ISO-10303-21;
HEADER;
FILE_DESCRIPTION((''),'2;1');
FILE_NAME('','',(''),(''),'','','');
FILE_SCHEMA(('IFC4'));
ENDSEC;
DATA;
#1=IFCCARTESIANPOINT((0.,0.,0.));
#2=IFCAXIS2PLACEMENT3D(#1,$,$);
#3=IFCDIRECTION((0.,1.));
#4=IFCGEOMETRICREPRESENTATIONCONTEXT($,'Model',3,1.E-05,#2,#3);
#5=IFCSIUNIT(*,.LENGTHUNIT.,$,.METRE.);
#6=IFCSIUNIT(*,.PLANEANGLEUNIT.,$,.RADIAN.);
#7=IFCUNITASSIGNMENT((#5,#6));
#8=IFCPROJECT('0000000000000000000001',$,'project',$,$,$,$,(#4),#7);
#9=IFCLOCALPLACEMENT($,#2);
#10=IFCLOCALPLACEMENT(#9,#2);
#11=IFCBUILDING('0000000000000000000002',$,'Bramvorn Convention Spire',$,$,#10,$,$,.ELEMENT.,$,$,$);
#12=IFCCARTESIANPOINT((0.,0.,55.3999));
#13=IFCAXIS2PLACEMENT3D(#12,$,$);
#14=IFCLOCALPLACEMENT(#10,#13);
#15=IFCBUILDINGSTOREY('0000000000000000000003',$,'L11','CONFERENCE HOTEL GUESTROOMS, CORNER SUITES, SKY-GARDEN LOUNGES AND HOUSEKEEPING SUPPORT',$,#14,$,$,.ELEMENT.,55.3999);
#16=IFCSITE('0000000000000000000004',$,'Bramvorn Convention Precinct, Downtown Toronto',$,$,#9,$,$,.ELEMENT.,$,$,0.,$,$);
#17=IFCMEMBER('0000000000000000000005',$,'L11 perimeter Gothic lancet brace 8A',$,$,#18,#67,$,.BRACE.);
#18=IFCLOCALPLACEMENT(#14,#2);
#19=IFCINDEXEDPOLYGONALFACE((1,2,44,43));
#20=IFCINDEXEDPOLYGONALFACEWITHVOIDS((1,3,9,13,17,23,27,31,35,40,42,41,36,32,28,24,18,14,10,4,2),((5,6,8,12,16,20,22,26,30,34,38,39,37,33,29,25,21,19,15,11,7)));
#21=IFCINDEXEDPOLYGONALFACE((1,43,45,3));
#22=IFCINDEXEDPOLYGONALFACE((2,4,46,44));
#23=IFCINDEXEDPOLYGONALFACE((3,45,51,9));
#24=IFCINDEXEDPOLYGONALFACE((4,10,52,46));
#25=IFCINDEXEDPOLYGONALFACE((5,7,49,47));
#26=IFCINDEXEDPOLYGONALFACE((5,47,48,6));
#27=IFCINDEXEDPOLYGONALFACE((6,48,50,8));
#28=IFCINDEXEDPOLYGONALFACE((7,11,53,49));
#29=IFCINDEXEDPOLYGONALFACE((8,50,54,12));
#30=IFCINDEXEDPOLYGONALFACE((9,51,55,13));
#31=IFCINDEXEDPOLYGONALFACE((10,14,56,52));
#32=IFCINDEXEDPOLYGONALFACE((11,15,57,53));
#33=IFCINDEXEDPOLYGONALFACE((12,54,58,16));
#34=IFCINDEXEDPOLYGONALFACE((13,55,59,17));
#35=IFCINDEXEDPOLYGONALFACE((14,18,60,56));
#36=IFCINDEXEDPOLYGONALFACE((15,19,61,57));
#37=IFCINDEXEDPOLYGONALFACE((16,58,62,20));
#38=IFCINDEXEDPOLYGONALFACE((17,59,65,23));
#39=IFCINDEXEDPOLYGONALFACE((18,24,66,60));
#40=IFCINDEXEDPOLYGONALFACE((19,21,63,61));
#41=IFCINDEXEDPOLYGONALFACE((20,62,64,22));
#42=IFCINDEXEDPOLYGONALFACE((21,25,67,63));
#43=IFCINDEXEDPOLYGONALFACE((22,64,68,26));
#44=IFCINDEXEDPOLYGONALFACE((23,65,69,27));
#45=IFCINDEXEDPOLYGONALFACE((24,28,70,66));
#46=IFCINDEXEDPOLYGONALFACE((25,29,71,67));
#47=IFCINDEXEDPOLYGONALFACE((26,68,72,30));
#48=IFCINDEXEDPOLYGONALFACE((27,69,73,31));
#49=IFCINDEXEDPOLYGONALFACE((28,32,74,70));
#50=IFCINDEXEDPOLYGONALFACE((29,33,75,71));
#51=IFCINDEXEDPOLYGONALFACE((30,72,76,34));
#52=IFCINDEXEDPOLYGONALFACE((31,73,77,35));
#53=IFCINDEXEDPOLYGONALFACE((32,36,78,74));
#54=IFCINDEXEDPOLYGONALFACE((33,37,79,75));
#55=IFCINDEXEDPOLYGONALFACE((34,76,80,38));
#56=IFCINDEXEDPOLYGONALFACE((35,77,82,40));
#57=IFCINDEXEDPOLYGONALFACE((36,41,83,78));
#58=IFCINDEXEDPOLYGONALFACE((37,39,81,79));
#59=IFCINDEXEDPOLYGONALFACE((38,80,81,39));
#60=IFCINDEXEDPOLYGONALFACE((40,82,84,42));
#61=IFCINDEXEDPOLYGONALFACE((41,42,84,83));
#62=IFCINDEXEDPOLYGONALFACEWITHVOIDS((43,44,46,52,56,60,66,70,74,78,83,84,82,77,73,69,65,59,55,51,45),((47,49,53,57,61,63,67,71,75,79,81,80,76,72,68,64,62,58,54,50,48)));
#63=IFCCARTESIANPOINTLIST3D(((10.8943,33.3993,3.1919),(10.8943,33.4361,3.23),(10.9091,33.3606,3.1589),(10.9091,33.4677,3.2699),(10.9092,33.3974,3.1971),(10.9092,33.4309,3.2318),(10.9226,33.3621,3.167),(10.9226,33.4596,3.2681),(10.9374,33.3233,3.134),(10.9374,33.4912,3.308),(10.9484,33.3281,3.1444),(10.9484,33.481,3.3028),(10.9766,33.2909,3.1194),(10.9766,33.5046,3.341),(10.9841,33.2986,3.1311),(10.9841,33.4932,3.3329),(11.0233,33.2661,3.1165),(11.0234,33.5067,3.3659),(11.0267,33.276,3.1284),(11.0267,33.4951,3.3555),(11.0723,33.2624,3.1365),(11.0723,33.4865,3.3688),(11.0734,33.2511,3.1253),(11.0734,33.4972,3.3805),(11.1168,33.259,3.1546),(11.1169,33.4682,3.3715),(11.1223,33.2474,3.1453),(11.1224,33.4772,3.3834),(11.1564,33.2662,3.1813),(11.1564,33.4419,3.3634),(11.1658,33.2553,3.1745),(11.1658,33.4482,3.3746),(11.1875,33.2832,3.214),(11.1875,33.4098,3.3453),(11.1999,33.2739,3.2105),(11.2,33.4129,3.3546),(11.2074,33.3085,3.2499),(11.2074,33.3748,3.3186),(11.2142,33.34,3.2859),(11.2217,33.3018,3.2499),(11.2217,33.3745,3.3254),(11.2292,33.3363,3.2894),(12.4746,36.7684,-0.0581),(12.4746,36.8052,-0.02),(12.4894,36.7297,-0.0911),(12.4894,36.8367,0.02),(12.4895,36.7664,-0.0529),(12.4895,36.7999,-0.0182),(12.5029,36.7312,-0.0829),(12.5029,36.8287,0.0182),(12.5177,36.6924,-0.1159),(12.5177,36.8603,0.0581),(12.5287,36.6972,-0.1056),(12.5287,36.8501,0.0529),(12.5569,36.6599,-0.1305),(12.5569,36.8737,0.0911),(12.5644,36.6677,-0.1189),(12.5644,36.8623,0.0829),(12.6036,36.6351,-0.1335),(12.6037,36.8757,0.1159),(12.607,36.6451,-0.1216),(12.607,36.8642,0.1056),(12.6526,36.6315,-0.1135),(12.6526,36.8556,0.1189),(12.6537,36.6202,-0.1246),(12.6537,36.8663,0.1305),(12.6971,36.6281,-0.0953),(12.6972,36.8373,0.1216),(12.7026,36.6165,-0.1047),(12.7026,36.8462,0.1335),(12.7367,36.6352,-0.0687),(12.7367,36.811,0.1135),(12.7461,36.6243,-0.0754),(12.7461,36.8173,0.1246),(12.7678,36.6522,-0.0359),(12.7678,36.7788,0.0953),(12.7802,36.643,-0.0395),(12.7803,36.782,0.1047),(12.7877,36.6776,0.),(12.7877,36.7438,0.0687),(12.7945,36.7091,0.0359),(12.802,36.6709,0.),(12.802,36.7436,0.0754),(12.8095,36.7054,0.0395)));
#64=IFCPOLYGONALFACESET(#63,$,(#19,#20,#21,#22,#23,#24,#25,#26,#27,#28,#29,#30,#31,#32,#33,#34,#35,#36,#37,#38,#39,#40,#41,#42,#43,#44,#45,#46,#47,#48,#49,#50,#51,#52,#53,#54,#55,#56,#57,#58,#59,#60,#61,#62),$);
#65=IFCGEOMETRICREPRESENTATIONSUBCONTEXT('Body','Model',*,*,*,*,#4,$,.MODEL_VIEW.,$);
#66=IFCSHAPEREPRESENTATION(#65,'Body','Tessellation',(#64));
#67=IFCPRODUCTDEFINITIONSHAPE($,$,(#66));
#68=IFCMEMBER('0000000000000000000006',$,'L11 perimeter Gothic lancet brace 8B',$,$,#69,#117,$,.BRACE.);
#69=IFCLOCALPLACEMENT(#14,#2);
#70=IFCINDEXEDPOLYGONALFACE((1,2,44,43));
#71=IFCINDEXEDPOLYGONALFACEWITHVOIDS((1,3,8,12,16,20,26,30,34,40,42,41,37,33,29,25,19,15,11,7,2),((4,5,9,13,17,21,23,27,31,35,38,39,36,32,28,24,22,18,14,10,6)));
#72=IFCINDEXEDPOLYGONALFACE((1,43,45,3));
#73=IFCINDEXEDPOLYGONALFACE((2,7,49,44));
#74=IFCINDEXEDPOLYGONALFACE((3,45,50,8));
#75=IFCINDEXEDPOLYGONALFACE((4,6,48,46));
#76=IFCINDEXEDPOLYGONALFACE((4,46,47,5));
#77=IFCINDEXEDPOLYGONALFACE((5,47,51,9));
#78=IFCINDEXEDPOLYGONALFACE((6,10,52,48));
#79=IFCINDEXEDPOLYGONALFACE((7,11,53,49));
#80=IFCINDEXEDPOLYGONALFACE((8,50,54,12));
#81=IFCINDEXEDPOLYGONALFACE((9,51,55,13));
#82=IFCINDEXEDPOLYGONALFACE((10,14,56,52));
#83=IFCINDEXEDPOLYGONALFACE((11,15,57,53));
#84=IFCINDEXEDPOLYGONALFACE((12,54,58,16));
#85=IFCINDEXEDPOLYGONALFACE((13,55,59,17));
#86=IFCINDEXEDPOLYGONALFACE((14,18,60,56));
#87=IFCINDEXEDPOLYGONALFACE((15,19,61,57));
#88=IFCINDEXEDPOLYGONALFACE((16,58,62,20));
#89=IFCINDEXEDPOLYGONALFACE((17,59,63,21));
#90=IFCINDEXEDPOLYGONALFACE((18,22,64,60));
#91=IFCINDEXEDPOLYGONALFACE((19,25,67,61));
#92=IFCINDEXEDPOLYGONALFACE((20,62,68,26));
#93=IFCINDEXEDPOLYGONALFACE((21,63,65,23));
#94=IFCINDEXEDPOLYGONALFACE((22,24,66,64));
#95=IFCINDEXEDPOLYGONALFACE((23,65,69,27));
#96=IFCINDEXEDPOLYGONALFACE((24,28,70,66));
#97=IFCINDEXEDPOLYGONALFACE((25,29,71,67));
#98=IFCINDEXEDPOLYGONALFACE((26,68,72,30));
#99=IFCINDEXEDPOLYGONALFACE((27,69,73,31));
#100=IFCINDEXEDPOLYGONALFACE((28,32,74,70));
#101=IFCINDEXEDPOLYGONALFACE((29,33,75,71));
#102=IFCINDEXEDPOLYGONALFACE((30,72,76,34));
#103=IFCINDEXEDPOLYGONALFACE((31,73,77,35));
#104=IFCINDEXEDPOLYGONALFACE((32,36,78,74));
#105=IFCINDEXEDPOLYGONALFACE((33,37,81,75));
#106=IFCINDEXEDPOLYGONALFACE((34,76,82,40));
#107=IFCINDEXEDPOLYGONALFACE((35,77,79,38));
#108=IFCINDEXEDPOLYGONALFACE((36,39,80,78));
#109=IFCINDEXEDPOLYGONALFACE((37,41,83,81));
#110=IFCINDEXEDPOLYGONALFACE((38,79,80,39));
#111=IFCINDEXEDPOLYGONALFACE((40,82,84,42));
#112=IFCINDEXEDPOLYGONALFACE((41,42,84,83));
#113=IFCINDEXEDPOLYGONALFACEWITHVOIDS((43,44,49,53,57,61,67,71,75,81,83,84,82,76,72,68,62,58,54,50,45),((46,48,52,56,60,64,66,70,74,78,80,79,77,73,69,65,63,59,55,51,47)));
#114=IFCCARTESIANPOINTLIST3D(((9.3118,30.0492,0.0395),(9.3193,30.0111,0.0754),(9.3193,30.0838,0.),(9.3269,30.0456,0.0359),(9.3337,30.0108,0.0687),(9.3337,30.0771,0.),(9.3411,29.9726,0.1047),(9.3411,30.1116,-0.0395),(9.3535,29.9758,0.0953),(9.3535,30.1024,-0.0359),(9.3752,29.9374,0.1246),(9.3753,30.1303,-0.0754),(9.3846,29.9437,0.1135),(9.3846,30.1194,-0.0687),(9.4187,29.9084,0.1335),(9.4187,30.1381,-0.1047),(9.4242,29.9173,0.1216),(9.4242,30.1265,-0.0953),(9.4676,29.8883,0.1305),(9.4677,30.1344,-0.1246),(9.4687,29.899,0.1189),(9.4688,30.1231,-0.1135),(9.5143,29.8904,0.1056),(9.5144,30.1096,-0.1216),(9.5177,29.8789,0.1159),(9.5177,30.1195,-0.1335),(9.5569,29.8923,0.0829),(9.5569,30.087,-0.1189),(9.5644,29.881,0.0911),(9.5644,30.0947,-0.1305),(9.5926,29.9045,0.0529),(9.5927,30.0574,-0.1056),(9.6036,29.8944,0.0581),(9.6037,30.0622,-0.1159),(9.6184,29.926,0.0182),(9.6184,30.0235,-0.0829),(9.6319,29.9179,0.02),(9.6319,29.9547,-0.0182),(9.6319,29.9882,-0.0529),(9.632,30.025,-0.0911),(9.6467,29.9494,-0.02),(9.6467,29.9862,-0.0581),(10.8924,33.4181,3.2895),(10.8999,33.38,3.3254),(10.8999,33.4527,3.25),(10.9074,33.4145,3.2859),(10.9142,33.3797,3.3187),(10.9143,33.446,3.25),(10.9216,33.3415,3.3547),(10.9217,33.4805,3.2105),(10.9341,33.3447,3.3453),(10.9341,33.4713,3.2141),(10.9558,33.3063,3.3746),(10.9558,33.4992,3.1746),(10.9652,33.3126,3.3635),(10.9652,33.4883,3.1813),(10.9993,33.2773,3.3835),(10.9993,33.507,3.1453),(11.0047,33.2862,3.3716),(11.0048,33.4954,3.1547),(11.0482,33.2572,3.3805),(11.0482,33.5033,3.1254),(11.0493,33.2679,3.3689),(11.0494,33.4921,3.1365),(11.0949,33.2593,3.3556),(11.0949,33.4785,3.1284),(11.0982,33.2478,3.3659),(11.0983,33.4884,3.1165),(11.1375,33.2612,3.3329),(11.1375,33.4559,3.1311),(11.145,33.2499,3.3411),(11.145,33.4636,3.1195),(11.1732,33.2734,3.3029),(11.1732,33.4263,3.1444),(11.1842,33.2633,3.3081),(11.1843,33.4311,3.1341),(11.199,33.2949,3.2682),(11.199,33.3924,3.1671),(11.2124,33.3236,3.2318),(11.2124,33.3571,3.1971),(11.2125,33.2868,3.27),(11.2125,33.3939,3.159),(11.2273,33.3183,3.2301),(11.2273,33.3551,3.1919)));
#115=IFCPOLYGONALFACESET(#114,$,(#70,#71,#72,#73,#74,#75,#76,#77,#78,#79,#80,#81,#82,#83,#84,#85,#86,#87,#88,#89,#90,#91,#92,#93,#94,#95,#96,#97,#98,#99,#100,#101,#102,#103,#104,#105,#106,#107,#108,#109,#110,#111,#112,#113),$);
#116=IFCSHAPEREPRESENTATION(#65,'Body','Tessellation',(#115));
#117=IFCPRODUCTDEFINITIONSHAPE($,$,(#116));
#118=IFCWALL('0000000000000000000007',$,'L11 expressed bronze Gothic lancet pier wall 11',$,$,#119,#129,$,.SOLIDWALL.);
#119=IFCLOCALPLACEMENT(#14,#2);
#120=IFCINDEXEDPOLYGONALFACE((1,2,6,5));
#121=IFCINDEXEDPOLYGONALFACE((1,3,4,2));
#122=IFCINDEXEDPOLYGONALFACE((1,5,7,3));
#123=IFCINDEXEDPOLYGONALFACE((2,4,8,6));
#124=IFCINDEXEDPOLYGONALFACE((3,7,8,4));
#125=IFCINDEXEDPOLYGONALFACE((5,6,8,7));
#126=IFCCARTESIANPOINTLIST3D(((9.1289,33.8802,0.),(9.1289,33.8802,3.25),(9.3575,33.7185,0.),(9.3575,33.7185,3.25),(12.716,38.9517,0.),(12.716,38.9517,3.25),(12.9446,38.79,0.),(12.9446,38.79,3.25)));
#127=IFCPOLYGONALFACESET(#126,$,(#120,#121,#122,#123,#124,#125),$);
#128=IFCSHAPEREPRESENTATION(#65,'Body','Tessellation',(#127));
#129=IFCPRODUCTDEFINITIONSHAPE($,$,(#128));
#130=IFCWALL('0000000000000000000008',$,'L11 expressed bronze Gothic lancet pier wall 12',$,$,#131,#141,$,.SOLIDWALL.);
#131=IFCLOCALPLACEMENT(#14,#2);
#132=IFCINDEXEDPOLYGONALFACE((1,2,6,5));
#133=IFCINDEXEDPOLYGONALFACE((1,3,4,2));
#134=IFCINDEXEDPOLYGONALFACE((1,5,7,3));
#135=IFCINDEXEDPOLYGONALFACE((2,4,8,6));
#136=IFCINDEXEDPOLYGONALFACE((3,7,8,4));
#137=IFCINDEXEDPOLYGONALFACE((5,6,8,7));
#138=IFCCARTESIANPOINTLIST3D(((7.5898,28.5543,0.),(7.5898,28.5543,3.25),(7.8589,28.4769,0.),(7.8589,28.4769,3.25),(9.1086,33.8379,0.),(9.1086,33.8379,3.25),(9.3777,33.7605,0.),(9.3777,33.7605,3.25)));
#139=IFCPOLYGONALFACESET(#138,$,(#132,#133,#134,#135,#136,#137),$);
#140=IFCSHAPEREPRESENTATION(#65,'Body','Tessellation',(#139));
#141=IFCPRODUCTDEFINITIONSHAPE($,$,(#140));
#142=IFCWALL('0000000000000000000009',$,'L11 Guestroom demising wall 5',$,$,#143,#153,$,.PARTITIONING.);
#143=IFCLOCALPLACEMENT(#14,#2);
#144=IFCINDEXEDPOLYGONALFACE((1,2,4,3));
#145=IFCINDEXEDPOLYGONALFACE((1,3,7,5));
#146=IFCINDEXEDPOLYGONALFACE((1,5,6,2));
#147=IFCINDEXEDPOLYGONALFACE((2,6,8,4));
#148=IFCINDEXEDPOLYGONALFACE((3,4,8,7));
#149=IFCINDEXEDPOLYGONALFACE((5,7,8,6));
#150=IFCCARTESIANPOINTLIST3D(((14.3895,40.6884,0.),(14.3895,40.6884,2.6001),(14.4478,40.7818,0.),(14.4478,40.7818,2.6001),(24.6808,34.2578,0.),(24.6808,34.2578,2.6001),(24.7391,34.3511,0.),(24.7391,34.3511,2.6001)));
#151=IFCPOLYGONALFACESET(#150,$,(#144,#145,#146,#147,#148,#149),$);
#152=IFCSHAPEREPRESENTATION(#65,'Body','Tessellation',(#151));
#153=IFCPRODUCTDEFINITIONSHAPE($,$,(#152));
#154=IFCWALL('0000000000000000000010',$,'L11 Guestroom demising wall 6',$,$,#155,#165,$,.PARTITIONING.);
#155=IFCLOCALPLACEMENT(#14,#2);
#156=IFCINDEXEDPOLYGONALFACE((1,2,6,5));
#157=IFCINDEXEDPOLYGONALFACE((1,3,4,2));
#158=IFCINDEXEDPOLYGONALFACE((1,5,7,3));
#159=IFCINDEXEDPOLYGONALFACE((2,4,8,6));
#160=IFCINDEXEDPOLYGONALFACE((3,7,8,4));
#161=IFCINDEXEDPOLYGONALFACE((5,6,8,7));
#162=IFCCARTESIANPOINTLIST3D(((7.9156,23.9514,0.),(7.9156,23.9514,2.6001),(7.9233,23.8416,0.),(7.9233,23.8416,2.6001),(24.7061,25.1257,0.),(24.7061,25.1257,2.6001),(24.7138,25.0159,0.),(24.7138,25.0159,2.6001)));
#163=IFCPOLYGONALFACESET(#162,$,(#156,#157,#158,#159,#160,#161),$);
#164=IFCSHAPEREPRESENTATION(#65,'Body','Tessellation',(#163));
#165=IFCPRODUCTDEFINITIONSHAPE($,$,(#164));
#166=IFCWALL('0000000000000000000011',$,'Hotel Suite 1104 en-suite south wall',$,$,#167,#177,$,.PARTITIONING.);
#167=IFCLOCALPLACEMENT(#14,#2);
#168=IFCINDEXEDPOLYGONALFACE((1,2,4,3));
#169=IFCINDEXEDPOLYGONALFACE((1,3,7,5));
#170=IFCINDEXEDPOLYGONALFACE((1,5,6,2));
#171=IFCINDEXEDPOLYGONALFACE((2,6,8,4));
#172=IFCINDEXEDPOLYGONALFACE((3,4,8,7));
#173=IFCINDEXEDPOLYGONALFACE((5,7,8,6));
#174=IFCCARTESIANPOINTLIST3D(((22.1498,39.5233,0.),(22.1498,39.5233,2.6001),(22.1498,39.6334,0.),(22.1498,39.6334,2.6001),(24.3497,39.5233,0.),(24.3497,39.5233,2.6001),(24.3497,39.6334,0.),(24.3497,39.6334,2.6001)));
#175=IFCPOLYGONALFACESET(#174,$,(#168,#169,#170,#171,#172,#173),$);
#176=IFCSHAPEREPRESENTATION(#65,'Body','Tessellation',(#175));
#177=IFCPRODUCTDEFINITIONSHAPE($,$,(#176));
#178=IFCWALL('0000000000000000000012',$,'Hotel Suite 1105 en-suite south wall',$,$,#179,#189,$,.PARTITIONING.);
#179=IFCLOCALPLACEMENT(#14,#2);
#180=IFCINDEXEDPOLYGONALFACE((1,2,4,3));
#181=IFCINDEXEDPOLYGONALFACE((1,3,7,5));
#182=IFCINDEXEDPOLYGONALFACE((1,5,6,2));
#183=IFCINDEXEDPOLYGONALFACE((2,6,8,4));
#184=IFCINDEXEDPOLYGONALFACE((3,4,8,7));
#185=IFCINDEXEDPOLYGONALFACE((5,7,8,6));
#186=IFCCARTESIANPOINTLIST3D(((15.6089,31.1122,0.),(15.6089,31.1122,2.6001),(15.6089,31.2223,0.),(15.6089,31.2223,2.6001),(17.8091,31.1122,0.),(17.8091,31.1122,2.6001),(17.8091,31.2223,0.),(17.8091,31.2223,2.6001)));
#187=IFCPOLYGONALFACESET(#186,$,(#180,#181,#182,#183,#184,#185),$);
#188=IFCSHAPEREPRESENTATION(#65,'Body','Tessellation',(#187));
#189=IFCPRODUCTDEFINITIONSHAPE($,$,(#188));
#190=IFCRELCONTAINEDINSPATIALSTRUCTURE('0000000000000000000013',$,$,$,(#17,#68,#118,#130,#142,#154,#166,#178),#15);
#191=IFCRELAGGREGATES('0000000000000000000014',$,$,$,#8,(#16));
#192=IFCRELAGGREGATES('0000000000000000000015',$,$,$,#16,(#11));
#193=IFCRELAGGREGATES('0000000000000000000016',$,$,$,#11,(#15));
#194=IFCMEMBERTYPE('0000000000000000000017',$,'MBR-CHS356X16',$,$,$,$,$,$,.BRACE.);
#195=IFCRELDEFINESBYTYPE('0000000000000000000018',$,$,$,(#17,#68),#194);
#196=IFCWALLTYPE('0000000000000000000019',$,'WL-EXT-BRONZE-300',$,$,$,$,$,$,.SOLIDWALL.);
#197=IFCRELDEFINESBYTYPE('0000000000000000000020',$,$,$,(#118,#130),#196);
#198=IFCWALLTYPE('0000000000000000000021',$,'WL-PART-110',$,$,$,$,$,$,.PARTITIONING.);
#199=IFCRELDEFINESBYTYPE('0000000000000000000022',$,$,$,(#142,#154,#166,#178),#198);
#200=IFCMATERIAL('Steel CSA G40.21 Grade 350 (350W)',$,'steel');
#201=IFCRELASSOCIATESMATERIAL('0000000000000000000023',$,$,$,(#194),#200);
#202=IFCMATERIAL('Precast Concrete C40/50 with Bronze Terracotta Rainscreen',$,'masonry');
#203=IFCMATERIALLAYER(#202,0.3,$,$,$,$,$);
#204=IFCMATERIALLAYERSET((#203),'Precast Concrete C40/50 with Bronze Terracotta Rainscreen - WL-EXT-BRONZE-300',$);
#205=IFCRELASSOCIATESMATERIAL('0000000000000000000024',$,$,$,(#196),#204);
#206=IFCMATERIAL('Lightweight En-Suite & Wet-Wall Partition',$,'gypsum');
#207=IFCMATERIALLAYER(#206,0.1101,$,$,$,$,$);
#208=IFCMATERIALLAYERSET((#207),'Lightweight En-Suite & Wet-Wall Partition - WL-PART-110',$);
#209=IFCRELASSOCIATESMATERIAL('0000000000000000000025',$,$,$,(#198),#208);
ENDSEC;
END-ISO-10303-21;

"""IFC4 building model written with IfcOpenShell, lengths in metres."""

from ifc_helpers import new_model, si_unit, direction, frame, frame_2d, origin, origin_2d, place, context, subcontext, project, spatial, rectangle, hollow_circle, extrude, material, layer, layer_set, material_profile, profile_set, type_object, element, save


model = new_model("IFC4")

# Units and contexts
model_context = context("Model", 3, precision=1e-05, world=origin(), true_north=direction((0.0, 1.0)))
body_context = subcontext(model_context, "Body", "Model", "MODEL_VIEW")
ifc_project = project(units=[si_unit("LENGTHUNIT", "METRE"), si_unit("PLANEANGLEUNIT", "RADIAN")], contexts=[model_context])

# Site, building, storey
site_placement = place(None, origin())
site = spatial("IfcSite", under=ifc_project, at=site_placement, Name="Bramvorn Convention Precinct, Downtown Toronto", CompositionType="ELEMENT", RefElevation=0.0)
building_placement = place(site_placement, origin())
building = spatial("IfcBuilding", under=site, at=building_placement, Name="Bramvorn Convention Spire", CompositionType="ELEMENT")
storey_placement = place(building_placement, frame((0.0, 0.0, 55.3999)))
storey = spatial("IfcBuildingStorey", under=building, at=storey_placement, Name="L11", Description="CONFERENCE HOTEL GUESTROOMS, CORNER SUITES, SKY-GARDEN LOUNGES AND HOUSEKEEPING SUPPORT", CompositionType="ELEMENT", Elevation=55.3999)

# Shared definitions
ifc_material_1 = material(Name="Steel CSA G40.21 Grade 350 (350W)", Category="steel")

# Members
ifc_material_profile_1 = material_profile(ifc_material_1, hollow_circle(Radius=0.1777, WallThickness=0.0159, at=origin_2d()))
ifc_profile_set_1 = profile_set([ifc_material_profile_1], Name="Steel CSA G40.21 Grade 350 (350W) - CHS356X16")
member_type_1 = type_object("IfcMemberType", Name="MBR-CHS356X16", PredefinedType="BRACE", material=ifc_profile_set_1)
for number, where, z_axis, x_axis, name in (
    (1, (12.6411, 36.7463, 0.0), (-0.319855, -0.681909, 0.657795), (0.905352, -0.424662, 0.0), "L11 perimeter Gothic lancet brace 8A"),
    (2, (9.4802, 30.0083, 0.0), (0.31991, 0.681871, 0.657806), (-0.905315, 0.424741, 0.0), "L11 perimeter Gothic lancet brace 8B"),
):
    element("IfcMember", number, at=place(storey_placement, frame(where, z_axis=z_axis, x_axis=x_axis)), inside=storey, type_object=member_type_1, Name=name, PredefinedType="BRACE", context=body_context, shape_type="SweptSolid", body=[
        extrude(hollow_circle(Radius=0.1777, WallThickness=0.0159, at=origin_2d()), origin(), (0.0, 0.0, 1.0), 4.9407),
    ])

# Walls
ifc_material_2 = material(Name="Precast Concrete C40/50 with Bronze Terracotta Rainscreen", Category="masonry")
ifc_layer_1 = layer(ifc_material_2, 0.3)
ifc_layer_set_1 = layer_set([ifc_layer_1], Name="Precast Concrete C40/50 with Bronze Terracotta Rainscreen - WL-EXT-BRONZE-300")
wall_type_1 = type_object("IfcWallType", Name="WL-EXT-BRONZE-300", PredefinedType="SOLIDWALL", material=ifc_layer_set_1)
wall_1_placement = place(storey_placement, frame((9.2432, 33.7993, 0.0), z_axis=(0.0, 0.0, 1.0), x_axis=(0.577462, 0.816417, 0.0)))
element("IfcWall", 3, at=wall_1_placement, inside=storey, type_object=wall_type_1, Name="L11 expressed bronze Gothic lancet pier wall 11", PredefinedType="SOLIDWALL", context=body_context, shape_type="SweptSolid", body=[
    extrude(rectangle(XDim=6.2119, YDim=0.28, at=frame_2d((3.106, 0.0))), origin(), (0.0, 0.0, 1.0), 3.25),
])
wall_2_placement = place(storey_placement, frame((7.7244, 28.5156, 0.0), z_axis=(0.0, 0.0, 1.0), x_axis=(0.276263, 0.961082, 0.0)))
element("IfcWall", 4, at=wall_2_placement, inside=storey, type_object=wall_type_1, Name="L11 expressed bronze Gothic lancet pier wall 12", PredefinedType="SOLIDWALL", context=body_context, shape_type="SweptSolid", body=[
    extrude(rectangle(XDim=5.4976, YDim=0.28, at=frame_2d((2.7488, 0.0))), origin(), (0.0, 0.0, 1.0), 3.25),
])
ifc_material_3 = material(Name="Lightweight En-Suite & Wet-Wall Partition", Category="gypsum")
ifc_layer_2 = layer(ifc_material_3, 0.1101)
ifc_layer_set_2 = layer_set([ifc_layer_2], Name="Lightweight En-Suite & Wet-Wall Partition - WL-PART-110")
wall_type_2 = type_object("IfcWallType", Name="WL-PART-110", PredefinedType="PARTITIONING", material=ifc_layer_set_2)
wall_3_placement = place(storey_placement, frame((24.71, 34.3044, 0.0), z_axis=(0.0, 0.0, 1.0), x_axis=(-0.848049, 0.529918, 0.0)))
element("IfcWall", 5, at=wall_3_placement, inside=storey, type_object=wall_type_2, Name="L11 Guestroom demising wall 5", PredefinedType="PARTITIONING", context=body_context, shape_type="SweptSolid", body=[
    extrude(rectangle(XDim=12.1353, YDim=0.1101, at=frame_2d((6.0676, 0.0))), origin(), (0.0, 0.0, 1.0), 2.6001),
])
wall_4_placement = place(storey_placement, frame((24.71, 25.0708, 0.0), z_axis=(0.0, 0.0, 1.0), x_axis=(-0.997563, -0.069769, 0.0)))
element("IfcWall", 6, at=wall_4_placement, inside=storey, type_object=wall_type_2, Name="L11 Guestroom demising wall 6", PredefinedType="PARTITIONING", context=body_context, shape_type="SweptSolid", body=[
    extrude(rectangle(XDim=16.8315, YDim=0.1101, at=frame_2d((8.4158, 0.0))), origin(), (0.0, 0.0, 1.0), 2.6001),
])
wall_5_placement = place(storey_placement, frame((22.1497, 39.5784, 0.0), z_axis=(0.0, 0.0, 1.0), x_axis=(1.0, 0.0, 0.0)))
element("IfcWall", 7, at=wall_5_placement, inside=storey, type_object=wall_type_2, Name="Hotel Suite 1104 en-suite south wall", PredefinedType="PARTITIONING", context=body_context, shape_type="SweptSolid", body=[
    extrude(rectangle(XDim=2.2, YDim=0.1101, at=frame_2d((1.1001, 0.0))), origin(), (0.0, 0.0, 1.0), 2.6001),
])
wall_6_placement = place(storey_placement, frame((15.6089, 31.1672, 0.0), z_axis=(0.0, 0.0, 1.0), x_axis=(1.0, 0.0, 0.0)))
element("IfcWall", 8, at=wall_6_placement, inside=storey, type_object=wall_type_2, Name="Hotel Suite 1105 en-suite south wall", PredefinedType="PARTITIONING", context=body_context, shape_type="SweptSolid", body=[
    extrude(rectangle(XDim=2.2002, YDim=0.1101, at=frame_2d((1.1001, 0.0))), origin(), (0.0, 0.0, 1.0), 2.6001),
])

save(model, "model.ifc")
